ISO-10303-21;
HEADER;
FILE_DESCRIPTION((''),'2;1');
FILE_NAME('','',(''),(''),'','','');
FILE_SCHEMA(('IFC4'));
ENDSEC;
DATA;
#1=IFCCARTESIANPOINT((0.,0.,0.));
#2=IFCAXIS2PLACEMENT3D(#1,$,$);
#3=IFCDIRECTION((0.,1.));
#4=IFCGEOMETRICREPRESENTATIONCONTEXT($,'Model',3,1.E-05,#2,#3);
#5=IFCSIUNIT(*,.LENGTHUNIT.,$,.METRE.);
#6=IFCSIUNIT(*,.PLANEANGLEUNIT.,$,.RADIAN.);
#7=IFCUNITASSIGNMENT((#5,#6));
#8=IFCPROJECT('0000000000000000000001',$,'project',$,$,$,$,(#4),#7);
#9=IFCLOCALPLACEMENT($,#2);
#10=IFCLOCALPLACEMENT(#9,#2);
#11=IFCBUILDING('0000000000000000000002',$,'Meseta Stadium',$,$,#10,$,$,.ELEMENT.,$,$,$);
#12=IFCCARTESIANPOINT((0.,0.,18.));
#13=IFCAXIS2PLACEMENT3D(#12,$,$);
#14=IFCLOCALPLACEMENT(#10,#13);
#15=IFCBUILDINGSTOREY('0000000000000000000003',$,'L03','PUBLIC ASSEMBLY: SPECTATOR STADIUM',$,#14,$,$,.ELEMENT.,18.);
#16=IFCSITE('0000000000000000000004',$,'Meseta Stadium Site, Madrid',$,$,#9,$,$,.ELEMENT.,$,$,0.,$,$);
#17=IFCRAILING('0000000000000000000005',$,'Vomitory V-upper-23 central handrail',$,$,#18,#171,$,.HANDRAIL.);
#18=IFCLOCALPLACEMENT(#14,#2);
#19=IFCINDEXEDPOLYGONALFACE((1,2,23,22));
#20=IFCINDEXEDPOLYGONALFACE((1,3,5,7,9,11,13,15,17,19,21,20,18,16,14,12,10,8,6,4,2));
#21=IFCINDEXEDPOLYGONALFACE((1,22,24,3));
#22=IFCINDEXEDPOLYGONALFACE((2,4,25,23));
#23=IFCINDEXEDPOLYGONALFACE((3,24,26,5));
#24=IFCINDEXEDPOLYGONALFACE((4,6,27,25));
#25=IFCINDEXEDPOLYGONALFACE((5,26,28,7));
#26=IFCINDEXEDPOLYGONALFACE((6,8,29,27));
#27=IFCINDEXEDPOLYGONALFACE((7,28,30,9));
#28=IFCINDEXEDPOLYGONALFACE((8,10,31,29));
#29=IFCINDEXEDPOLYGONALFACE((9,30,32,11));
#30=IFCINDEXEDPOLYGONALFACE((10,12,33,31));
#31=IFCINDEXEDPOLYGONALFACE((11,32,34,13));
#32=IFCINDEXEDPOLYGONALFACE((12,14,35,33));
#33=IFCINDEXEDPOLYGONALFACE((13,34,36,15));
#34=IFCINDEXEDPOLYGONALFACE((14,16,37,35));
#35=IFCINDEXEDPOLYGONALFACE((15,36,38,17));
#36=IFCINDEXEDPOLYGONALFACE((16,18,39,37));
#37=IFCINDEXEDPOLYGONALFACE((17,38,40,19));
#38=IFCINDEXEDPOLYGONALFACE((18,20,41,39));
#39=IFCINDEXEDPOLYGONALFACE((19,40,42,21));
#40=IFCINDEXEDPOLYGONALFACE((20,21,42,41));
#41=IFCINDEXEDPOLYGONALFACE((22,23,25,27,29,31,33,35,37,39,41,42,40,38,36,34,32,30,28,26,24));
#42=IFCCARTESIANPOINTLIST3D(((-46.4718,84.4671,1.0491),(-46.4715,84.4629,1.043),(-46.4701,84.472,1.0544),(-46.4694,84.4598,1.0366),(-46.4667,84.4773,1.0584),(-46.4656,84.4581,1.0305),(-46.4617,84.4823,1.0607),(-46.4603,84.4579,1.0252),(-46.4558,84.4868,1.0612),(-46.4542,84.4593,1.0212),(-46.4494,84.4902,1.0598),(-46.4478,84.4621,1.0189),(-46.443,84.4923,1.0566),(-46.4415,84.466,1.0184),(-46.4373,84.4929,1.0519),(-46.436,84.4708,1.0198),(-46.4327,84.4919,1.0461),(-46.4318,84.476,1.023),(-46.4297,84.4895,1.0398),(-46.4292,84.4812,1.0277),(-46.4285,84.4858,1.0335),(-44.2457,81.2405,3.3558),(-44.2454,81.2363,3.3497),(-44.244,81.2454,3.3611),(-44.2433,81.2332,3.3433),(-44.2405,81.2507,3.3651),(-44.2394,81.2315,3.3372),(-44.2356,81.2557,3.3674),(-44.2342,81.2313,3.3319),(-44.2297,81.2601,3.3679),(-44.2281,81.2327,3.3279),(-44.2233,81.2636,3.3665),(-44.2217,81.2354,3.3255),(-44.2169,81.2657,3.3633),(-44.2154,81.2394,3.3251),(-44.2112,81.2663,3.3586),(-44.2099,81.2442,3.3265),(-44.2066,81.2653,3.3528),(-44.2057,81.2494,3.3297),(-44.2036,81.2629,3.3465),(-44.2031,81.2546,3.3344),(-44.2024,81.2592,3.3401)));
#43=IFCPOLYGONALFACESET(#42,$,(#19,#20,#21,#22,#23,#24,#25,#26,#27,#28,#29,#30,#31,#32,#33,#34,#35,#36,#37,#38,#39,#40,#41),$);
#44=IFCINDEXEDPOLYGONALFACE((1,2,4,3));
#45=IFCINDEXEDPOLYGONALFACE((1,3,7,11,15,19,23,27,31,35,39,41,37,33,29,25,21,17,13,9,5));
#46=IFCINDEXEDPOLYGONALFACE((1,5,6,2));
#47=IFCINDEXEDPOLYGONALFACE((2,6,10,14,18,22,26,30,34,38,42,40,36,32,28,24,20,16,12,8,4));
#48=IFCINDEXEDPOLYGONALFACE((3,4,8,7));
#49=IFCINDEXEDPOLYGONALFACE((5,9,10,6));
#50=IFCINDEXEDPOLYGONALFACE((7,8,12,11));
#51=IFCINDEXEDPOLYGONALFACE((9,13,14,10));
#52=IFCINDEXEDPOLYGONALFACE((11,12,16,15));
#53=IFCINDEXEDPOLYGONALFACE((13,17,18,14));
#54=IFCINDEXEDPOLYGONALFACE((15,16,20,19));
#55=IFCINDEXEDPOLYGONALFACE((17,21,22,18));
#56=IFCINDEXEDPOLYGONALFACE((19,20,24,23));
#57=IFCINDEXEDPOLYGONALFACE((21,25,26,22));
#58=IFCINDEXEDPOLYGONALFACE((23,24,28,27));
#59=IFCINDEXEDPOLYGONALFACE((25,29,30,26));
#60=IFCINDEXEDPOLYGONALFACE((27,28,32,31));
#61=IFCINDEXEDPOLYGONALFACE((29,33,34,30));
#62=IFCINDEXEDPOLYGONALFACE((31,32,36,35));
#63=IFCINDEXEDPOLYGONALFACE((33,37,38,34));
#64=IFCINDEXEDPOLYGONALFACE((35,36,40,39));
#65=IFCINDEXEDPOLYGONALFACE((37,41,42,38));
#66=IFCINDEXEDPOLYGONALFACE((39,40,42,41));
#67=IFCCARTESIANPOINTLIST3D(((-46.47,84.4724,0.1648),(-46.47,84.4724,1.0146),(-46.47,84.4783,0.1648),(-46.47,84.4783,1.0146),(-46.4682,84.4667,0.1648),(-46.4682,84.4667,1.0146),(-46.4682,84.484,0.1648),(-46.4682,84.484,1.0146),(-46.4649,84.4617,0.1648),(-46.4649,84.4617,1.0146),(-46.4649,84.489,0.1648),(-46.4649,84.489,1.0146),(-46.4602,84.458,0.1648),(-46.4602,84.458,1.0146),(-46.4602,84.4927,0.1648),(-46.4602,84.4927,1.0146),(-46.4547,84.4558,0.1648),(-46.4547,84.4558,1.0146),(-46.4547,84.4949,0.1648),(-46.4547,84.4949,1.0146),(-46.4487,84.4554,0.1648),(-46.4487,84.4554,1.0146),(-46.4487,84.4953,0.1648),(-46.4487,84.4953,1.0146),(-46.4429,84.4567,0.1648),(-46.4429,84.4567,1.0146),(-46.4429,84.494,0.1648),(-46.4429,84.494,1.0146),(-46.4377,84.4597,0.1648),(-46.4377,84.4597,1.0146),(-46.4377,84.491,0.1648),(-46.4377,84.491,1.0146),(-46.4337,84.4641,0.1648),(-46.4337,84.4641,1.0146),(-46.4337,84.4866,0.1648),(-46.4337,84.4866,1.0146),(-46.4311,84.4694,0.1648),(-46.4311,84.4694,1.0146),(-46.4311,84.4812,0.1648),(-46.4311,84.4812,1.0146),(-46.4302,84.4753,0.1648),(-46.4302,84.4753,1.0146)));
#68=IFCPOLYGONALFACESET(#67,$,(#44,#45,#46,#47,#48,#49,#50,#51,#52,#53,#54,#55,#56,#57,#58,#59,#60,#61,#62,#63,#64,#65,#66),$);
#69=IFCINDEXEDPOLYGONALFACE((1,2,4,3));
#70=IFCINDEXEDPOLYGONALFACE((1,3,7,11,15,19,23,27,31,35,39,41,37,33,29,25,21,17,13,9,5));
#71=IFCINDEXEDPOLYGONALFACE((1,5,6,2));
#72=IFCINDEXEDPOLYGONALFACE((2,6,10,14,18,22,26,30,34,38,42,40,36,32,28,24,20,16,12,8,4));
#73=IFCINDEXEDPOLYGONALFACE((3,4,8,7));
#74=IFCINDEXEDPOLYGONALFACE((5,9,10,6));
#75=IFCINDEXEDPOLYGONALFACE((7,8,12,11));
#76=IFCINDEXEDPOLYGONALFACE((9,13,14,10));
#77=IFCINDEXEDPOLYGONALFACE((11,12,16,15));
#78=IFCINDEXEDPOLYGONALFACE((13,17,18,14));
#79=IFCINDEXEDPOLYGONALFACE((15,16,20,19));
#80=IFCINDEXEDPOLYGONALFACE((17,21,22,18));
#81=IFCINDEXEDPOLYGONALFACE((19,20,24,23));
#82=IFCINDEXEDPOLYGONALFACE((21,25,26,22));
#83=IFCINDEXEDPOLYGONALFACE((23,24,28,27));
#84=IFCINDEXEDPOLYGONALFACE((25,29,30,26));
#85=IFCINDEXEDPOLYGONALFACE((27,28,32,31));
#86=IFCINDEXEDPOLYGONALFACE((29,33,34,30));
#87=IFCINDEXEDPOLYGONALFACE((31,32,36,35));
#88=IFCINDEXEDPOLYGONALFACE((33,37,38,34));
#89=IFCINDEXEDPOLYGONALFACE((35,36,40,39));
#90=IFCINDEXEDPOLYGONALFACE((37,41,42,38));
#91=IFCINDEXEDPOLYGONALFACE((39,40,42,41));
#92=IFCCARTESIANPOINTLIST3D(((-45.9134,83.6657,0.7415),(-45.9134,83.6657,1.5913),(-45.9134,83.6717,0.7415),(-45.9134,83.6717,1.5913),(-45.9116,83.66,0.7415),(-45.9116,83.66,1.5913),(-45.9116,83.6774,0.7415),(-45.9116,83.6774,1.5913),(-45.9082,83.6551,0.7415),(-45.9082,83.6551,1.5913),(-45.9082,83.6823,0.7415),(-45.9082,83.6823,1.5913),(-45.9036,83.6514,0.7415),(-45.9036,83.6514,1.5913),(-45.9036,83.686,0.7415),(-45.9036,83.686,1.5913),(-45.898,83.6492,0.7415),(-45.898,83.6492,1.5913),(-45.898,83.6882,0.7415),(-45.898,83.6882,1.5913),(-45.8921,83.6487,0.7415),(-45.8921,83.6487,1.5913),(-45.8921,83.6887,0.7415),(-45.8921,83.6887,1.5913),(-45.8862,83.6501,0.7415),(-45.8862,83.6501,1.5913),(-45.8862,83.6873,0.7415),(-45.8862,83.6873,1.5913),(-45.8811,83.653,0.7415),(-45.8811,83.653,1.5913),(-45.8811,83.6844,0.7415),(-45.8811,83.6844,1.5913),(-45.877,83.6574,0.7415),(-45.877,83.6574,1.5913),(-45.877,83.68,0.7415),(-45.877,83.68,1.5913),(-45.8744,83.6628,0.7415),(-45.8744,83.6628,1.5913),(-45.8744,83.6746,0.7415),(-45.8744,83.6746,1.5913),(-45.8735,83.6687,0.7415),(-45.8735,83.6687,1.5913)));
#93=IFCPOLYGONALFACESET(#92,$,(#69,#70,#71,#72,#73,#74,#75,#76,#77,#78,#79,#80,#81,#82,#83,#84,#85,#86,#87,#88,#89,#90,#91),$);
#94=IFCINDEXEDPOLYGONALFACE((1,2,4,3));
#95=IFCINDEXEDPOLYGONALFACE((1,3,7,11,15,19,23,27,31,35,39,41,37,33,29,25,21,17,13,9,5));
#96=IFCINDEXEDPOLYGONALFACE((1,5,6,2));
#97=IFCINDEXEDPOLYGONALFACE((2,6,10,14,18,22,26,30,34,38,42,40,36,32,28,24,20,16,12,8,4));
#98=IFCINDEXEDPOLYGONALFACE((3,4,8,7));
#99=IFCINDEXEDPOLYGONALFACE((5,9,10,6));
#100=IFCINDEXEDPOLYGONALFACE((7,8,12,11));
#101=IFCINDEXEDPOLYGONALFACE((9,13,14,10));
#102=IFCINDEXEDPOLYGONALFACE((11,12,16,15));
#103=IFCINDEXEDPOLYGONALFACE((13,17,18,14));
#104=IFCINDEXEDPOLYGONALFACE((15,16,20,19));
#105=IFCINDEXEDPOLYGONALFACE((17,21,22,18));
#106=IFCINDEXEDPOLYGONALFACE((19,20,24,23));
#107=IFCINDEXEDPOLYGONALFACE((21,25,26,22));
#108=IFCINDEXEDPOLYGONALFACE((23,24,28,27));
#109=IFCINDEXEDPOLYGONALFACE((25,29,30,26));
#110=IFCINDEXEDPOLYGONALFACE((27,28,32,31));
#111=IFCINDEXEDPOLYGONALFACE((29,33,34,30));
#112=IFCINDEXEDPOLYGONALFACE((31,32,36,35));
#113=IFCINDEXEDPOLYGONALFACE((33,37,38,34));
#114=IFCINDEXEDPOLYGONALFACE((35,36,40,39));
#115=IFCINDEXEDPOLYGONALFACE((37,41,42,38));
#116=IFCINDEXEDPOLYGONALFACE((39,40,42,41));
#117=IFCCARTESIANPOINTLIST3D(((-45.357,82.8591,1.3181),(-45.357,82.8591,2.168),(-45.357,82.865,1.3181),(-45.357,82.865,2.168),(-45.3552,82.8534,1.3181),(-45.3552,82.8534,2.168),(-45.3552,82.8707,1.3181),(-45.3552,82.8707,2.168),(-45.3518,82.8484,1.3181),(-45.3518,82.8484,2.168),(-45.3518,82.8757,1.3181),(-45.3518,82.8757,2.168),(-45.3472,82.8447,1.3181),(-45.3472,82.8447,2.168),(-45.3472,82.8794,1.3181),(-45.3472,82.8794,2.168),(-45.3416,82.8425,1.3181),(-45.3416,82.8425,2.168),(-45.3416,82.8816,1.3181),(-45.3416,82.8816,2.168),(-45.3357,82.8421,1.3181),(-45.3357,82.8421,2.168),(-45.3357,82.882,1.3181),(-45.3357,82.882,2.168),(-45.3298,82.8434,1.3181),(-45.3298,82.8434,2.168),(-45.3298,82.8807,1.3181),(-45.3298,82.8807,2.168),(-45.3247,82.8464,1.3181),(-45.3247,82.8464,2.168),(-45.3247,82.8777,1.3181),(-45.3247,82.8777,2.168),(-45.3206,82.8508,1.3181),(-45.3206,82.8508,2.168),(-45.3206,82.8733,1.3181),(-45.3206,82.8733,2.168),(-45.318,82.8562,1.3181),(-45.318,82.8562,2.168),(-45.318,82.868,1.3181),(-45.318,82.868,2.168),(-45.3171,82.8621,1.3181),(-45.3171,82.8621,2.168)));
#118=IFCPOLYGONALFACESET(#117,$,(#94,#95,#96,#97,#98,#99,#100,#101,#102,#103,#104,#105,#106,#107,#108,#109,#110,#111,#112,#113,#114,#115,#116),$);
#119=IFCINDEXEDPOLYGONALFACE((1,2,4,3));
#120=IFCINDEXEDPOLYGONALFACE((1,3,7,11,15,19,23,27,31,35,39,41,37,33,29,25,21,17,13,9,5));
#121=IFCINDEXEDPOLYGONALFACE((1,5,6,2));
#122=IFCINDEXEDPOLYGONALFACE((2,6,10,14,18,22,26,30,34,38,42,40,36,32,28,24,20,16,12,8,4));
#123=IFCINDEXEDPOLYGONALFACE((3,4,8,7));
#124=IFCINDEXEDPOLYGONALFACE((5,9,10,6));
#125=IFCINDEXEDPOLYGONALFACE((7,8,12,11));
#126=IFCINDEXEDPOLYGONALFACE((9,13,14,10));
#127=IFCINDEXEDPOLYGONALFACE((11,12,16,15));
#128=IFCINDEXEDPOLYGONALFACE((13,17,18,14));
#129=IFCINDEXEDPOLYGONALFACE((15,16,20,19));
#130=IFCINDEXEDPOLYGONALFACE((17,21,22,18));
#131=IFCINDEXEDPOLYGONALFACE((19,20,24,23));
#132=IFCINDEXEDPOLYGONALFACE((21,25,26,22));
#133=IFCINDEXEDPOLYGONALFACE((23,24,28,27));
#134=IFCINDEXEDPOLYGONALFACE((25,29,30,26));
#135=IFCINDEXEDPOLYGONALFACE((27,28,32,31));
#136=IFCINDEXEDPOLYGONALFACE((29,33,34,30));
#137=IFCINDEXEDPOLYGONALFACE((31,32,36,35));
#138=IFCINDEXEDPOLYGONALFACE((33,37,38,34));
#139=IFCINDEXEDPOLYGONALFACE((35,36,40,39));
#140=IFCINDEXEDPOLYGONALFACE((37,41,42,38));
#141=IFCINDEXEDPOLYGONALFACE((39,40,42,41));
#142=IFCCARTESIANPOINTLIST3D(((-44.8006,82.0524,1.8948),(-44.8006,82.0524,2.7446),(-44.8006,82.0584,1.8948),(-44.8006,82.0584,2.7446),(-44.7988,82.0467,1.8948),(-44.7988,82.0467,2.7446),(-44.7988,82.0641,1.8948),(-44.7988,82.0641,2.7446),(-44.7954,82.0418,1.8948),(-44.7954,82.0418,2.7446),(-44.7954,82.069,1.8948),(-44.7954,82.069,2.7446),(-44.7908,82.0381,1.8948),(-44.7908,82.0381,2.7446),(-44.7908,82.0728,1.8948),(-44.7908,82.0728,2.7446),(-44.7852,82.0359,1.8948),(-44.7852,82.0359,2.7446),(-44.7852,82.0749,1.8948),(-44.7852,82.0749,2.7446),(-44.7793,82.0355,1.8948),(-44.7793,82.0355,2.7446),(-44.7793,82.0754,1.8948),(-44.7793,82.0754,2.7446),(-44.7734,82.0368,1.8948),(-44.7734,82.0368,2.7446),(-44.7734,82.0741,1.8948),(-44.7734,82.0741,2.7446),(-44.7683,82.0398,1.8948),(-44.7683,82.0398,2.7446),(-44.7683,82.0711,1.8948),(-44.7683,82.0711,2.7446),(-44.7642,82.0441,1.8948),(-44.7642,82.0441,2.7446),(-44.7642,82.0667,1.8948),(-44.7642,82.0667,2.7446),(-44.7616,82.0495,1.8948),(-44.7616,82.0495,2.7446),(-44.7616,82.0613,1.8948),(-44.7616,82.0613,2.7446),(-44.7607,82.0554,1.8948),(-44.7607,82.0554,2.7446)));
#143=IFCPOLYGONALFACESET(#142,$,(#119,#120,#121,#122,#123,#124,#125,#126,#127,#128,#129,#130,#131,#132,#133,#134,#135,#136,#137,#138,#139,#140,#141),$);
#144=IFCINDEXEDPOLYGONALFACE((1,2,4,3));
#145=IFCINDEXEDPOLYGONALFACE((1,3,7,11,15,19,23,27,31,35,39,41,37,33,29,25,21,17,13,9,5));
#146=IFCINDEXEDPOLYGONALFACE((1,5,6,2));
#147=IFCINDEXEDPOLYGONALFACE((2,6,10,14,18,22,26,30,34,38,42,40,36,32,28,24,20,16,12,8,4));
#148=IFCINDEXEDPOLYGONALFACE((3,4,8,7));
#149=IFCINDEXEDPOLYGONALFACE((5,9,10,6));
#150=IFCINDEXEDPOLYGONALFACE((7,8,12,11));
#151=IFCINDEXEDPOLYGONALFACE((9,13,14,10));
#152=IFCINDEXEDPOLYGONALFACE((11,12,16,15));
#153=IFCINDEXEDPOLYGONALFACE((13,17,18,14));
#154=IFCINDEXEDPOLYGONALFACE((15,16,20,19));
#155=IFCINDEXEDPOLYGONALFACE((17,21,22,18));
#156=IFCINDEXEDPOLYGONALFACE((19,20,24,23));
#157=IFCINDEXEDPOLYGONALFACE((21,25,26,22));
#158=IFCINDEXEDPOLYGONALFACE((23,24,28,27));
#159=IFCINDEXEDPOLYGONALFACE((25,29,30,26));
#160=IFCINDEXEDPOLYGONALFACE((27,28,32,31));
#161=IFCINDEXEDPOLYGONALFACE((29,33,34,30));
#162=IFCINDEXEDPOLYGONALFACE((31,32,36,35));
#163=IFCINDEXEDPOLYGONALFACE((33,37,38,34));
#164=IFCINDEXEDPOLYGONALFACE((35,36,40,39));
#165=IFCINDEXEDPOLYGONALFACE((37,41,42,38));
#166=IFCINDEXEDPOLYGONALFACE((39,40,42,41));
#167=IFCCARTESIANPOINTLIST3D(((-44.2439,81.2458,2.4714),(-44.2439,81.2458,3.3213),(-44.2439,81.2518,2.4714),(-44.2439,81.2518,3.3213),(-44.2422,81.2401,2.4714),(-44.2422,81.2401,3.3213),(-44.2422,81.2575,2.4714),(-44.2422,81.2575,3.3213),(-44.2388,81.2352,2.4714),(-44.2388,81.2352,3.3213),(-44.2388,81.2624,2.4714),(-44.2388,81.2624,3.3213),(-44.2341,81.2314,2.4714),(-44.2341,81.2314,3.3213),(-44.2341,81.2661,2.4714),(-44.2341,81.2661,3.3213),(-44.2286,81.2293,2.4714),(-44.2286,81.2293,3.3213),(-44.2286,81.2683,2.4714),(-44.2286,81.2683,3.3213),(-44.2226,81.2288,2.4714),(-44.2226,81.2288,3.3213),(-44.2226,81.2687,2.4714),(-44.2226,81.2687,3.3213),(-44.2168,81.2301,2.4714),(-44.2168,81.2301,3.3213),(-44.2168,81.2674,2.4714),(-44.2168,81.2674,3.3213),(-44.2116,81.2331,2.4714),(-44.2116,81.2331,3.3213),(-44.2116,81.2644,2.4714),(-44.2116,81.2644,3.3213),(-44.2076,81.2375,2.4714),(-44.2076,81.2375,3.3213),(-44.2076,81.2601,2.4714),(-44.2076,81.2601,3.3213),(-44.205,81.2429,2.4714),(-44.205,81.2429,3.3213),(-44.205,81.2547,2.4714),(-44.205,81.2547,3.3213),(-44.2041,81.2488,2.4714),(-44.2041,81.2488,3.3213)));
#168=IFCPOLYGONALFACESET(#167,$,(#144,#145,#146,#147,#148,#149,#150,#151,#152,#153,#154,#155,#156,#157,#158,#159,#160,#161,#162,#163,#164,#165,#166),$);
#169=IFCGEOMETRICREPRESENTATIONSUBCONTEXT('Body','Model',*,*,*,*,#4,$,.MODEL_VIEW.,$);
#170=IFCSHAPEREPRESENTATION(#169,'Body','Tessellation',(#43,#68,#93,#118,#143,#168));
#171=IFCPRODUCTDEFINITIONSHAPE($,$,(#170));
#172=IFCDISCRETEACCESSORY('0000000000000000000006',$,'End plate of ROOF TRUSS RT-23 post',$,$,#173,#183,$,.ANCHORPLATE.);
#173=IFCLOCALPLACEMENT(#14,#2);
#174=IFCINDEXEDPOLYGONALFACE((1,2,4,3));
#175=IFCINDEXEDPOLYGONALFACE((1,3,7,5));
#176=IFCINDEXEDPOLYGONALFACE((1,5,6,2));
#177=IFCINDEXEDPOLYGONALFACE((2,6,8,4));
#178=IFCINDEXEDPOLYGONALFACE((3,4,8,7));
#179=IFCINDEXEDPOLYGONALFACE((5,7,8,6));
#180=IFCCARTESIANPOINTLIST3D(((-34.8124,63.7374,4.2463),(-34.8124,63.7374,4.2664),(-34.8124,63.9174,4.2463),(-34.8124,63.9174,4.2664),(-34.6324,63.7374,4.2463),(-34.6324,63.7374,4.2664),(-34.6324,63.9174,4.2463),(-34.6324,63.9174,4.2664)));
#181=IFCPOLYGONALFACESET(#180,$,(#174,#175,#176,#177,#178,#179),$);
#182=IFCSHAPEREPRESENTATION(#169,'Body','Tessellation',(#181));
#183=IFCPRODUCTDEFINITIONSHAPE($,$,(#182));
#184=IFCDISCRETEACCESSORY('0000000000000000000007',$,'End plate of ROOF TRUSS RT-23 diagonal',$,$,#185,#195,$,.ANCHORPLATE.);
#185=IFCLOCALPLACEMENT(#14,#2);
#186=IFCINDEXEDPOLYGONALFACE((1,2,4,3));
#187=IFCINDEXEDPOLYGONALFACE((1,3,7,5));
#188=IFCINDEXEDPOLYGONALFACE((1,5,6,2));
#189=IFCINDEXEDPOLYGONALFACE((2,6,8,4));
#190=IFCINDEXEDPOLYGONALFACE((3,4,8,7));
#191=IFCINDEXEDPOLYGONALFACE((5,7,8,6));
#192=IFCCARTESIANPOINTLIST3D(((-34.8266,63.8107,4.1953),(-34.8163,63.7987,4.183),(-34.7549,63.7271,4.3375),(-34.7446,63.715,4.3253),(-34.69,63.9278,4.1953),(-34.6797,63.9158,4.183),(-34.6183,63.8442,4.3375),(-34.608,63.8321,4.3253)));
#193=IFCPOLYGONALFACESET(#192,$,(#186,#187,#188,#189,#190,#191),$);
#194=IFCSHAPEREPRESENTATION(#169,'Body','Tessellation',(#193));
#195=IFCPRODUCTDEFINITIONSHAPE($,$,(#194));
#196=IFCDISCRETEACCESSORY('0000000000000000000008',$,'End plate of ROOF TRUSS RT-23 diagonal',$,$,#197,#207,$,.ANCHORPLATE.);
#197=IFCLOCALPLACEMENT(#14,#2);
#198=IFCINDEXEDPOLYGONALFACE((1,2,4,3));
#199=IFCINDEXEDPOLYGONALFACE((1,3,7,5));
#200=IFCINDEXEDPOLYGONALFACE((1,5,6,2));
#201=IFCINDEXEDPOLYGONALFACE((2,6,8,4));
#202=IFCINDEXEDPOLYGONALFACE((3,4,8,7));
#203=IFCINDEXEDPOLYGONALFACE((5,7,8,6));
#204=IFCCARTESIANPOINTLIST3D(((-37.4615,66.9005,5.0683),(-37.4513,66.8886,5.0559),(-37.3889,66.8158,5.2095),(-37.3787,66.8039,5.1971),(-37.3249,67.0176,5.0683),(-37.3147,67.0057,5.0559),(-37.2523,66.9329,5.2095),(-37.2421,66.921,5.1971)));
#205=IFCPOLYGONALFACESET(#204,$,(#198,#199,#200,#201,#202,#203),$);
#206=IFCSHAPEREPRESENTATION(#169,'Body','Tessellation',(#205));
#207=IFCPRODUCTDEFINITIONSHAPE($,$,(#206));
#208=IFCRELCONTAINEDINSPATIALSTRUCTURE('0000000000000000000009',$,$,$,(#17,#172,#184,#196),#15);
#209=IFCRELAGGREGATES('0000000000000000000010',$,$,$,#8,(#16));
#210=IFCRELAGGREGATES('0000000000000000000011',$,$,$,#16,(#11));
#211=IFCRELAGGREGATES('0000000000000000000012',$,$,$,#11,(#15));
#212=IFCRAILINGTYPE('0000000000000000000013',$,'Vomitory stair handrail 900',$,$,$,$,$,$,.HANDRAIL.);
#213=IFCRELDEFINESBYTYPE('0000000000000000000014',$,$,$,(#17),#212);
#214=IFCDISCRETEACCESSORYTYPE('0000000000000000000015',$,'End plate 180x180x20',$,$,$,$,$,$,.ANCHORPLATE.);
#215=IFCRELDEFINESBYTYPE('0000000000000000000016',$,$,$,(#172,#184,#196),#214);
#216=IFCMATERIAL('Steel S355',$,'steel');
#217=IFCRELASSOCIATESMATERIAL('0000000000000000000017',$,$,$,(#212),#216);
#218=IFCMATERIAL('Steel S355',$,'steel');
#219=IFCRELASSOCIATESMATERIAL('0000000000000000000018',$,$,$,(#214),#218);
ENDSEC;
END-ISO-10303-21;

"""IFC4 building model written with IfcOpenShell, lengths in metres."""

from ifc_helpers import new_model, si_unit, direction, frame, origin, origin_2d, place, context, subcontext, project, spatial, rectangle, circle, extrude, material, material_profile, profile_set, type_object, element, save


model = new_model("IFC4")

# Units and contexts
model_context = context("Model", 3, precision=1e-05, world=origin(), true_north=direction((0.0, 1.0)))
body_context = subcontext(model_context, "Body", "Model", "MODEL_VIEW")
ifc_project = project(units=[si_unit("LENGTHUNIT", "METRE"), si_unit("PLANEANGLEUNIT", "RADIAN")], contexts=[model_context])

# Site, building, storey
site_placement = place(None, origin())
site = spatial("IfcSite", under=ifc_project, at=site_placement, Name="Meseta Stadium Site, Madrid", CompositionType="ELEMENT", RefElevation=0.0)
building_placement = place(site_placement, origin())
building = spatial("IfcBuilding", under=site, at=building_placement, Name="Meseta Stadium", CompositionType="ELEMENT")
storey_placement = place(building_placement, frame((0.0, 0.0, 18.0)))
storey = spatial("IfcBuildingStorey", under=building, at=storey_placement, Name="L03", Description="PUBLIC ASSEMBLY: SPECTATOR STADIUM", CompositionType="ELEMENT", Elevation=18.0)

# Railing
ifc_material_1 = material(Name="Steel S355", Category="steel")
railing_type_1 = type_object("IfcRailingType", Name="Vomitory stair handrail 900", PredefinedType="HANDRAIL", material=ifc_material_1)
railing_1_placement = place(storey_placement, frame((-46.4502, 84.4753, 0.1648)))
element("IfcRailing", 1, at=railing_1_placement, inside=storey, type_object=railing_type_1, Name="Vomitory V-upper-23 central handrail", PredefinedType="HANDRAIL", context=body_context, shape_type="SweptSolid", body=[
    extrude(circle(Radius=0.0249, at=origin_2d()), frame((0.0, 0.0, 0.875), z_axis=(0.489434, -0.709405, 0.507148), x_axis=(0.82311, 0.567881, 0.0)), (0.0, 0.0, 1.0), 4.5483),
    extrude(circle(Radius=0.02, at=origin_2d()), origin(), (0.0, 0.0, 1.0), 0.8499),
    extrude(circle(Radius=0.02, at=origin_2d()), frame((0.5566, -0.8066, 0.5767)), (0.0, 0.0, 1.0), 0.8499),
    extrude(circle(Radius=0.02, at=origin_2d()), frame((1.113, -1.6133, 1.1533)), (0.0, 0.0, 1.0), 0.8499),
    extrude(circle(Radius=0.02, at=origin_2d()), frame((1.6694, -2.4199, 1.73)), (0.0, 0.0, 1.0), 0.8499),
    extrude(circle(Radius=0.02, at=origin_2d()), frame((2.2261, -3.2266, 2.3066)), (0.0, 0.0, 1.0), 0.8499),
])

# Discrete accessories
ifc_material_2 = material(Name="Steel S355", Category="steel")
ifc_material_profile_1 = material_profile(ifc_material_2, rectangle(XDim=0.1799, YDim=0.1799, at=origin_2d()), Name="PL 180x180")
ifc_profile_set_1 = profile_set([ifc_material_profile_1], Name="Steel S355")
discrete_accessory_type = type_object("IfcDiscreteAccessoryType", Name="End plate 180x180x20", PredefinedType="ANCHORPLATE", material=ifc_profile_set_1)
for number, where, z_axis, x_axis, name in (
    (2, (-34.7224, 63.8274, 4.2463), (0.0, 0.0, 1.0), (1.0, 0.0, 0.0), "End plate of ROOF TRUSS RT-23 post"),
    (3, (-34.7122, 63.8154, 4.2542), (-0.514457, 0.6002, 0.612449), (-0.759257, -0.650791, 0.0), "End plate of ROOF TRUSS RT-23 diagonal"),
    (4, (-37.3467, 66.9048, 5.1265), (-0.510603, 0.595703, 0.620018), (-0.759257, -0.650791, 0.0), "End plate of ROOF TRUSS RT-23 diagonal"),
):
    element("IfcDiscreteAccessory", number, at=place(storey_placement, frame(where, z_axis=z_axis, x_axis=x_axis)), inside=storey, type_object=discrete_accessory_type, Name=name, PredefinedType="ANCHORPLATE", context=body_context, shape_type="SweptSolid", body=[
        extrude(rectangle(XDim=0.1799, YDim=0.1799, at=origin_2d()), origin(), (0.0, 0.0, 1.0), 0.02),
    ])

save(model, "model.ifc")
